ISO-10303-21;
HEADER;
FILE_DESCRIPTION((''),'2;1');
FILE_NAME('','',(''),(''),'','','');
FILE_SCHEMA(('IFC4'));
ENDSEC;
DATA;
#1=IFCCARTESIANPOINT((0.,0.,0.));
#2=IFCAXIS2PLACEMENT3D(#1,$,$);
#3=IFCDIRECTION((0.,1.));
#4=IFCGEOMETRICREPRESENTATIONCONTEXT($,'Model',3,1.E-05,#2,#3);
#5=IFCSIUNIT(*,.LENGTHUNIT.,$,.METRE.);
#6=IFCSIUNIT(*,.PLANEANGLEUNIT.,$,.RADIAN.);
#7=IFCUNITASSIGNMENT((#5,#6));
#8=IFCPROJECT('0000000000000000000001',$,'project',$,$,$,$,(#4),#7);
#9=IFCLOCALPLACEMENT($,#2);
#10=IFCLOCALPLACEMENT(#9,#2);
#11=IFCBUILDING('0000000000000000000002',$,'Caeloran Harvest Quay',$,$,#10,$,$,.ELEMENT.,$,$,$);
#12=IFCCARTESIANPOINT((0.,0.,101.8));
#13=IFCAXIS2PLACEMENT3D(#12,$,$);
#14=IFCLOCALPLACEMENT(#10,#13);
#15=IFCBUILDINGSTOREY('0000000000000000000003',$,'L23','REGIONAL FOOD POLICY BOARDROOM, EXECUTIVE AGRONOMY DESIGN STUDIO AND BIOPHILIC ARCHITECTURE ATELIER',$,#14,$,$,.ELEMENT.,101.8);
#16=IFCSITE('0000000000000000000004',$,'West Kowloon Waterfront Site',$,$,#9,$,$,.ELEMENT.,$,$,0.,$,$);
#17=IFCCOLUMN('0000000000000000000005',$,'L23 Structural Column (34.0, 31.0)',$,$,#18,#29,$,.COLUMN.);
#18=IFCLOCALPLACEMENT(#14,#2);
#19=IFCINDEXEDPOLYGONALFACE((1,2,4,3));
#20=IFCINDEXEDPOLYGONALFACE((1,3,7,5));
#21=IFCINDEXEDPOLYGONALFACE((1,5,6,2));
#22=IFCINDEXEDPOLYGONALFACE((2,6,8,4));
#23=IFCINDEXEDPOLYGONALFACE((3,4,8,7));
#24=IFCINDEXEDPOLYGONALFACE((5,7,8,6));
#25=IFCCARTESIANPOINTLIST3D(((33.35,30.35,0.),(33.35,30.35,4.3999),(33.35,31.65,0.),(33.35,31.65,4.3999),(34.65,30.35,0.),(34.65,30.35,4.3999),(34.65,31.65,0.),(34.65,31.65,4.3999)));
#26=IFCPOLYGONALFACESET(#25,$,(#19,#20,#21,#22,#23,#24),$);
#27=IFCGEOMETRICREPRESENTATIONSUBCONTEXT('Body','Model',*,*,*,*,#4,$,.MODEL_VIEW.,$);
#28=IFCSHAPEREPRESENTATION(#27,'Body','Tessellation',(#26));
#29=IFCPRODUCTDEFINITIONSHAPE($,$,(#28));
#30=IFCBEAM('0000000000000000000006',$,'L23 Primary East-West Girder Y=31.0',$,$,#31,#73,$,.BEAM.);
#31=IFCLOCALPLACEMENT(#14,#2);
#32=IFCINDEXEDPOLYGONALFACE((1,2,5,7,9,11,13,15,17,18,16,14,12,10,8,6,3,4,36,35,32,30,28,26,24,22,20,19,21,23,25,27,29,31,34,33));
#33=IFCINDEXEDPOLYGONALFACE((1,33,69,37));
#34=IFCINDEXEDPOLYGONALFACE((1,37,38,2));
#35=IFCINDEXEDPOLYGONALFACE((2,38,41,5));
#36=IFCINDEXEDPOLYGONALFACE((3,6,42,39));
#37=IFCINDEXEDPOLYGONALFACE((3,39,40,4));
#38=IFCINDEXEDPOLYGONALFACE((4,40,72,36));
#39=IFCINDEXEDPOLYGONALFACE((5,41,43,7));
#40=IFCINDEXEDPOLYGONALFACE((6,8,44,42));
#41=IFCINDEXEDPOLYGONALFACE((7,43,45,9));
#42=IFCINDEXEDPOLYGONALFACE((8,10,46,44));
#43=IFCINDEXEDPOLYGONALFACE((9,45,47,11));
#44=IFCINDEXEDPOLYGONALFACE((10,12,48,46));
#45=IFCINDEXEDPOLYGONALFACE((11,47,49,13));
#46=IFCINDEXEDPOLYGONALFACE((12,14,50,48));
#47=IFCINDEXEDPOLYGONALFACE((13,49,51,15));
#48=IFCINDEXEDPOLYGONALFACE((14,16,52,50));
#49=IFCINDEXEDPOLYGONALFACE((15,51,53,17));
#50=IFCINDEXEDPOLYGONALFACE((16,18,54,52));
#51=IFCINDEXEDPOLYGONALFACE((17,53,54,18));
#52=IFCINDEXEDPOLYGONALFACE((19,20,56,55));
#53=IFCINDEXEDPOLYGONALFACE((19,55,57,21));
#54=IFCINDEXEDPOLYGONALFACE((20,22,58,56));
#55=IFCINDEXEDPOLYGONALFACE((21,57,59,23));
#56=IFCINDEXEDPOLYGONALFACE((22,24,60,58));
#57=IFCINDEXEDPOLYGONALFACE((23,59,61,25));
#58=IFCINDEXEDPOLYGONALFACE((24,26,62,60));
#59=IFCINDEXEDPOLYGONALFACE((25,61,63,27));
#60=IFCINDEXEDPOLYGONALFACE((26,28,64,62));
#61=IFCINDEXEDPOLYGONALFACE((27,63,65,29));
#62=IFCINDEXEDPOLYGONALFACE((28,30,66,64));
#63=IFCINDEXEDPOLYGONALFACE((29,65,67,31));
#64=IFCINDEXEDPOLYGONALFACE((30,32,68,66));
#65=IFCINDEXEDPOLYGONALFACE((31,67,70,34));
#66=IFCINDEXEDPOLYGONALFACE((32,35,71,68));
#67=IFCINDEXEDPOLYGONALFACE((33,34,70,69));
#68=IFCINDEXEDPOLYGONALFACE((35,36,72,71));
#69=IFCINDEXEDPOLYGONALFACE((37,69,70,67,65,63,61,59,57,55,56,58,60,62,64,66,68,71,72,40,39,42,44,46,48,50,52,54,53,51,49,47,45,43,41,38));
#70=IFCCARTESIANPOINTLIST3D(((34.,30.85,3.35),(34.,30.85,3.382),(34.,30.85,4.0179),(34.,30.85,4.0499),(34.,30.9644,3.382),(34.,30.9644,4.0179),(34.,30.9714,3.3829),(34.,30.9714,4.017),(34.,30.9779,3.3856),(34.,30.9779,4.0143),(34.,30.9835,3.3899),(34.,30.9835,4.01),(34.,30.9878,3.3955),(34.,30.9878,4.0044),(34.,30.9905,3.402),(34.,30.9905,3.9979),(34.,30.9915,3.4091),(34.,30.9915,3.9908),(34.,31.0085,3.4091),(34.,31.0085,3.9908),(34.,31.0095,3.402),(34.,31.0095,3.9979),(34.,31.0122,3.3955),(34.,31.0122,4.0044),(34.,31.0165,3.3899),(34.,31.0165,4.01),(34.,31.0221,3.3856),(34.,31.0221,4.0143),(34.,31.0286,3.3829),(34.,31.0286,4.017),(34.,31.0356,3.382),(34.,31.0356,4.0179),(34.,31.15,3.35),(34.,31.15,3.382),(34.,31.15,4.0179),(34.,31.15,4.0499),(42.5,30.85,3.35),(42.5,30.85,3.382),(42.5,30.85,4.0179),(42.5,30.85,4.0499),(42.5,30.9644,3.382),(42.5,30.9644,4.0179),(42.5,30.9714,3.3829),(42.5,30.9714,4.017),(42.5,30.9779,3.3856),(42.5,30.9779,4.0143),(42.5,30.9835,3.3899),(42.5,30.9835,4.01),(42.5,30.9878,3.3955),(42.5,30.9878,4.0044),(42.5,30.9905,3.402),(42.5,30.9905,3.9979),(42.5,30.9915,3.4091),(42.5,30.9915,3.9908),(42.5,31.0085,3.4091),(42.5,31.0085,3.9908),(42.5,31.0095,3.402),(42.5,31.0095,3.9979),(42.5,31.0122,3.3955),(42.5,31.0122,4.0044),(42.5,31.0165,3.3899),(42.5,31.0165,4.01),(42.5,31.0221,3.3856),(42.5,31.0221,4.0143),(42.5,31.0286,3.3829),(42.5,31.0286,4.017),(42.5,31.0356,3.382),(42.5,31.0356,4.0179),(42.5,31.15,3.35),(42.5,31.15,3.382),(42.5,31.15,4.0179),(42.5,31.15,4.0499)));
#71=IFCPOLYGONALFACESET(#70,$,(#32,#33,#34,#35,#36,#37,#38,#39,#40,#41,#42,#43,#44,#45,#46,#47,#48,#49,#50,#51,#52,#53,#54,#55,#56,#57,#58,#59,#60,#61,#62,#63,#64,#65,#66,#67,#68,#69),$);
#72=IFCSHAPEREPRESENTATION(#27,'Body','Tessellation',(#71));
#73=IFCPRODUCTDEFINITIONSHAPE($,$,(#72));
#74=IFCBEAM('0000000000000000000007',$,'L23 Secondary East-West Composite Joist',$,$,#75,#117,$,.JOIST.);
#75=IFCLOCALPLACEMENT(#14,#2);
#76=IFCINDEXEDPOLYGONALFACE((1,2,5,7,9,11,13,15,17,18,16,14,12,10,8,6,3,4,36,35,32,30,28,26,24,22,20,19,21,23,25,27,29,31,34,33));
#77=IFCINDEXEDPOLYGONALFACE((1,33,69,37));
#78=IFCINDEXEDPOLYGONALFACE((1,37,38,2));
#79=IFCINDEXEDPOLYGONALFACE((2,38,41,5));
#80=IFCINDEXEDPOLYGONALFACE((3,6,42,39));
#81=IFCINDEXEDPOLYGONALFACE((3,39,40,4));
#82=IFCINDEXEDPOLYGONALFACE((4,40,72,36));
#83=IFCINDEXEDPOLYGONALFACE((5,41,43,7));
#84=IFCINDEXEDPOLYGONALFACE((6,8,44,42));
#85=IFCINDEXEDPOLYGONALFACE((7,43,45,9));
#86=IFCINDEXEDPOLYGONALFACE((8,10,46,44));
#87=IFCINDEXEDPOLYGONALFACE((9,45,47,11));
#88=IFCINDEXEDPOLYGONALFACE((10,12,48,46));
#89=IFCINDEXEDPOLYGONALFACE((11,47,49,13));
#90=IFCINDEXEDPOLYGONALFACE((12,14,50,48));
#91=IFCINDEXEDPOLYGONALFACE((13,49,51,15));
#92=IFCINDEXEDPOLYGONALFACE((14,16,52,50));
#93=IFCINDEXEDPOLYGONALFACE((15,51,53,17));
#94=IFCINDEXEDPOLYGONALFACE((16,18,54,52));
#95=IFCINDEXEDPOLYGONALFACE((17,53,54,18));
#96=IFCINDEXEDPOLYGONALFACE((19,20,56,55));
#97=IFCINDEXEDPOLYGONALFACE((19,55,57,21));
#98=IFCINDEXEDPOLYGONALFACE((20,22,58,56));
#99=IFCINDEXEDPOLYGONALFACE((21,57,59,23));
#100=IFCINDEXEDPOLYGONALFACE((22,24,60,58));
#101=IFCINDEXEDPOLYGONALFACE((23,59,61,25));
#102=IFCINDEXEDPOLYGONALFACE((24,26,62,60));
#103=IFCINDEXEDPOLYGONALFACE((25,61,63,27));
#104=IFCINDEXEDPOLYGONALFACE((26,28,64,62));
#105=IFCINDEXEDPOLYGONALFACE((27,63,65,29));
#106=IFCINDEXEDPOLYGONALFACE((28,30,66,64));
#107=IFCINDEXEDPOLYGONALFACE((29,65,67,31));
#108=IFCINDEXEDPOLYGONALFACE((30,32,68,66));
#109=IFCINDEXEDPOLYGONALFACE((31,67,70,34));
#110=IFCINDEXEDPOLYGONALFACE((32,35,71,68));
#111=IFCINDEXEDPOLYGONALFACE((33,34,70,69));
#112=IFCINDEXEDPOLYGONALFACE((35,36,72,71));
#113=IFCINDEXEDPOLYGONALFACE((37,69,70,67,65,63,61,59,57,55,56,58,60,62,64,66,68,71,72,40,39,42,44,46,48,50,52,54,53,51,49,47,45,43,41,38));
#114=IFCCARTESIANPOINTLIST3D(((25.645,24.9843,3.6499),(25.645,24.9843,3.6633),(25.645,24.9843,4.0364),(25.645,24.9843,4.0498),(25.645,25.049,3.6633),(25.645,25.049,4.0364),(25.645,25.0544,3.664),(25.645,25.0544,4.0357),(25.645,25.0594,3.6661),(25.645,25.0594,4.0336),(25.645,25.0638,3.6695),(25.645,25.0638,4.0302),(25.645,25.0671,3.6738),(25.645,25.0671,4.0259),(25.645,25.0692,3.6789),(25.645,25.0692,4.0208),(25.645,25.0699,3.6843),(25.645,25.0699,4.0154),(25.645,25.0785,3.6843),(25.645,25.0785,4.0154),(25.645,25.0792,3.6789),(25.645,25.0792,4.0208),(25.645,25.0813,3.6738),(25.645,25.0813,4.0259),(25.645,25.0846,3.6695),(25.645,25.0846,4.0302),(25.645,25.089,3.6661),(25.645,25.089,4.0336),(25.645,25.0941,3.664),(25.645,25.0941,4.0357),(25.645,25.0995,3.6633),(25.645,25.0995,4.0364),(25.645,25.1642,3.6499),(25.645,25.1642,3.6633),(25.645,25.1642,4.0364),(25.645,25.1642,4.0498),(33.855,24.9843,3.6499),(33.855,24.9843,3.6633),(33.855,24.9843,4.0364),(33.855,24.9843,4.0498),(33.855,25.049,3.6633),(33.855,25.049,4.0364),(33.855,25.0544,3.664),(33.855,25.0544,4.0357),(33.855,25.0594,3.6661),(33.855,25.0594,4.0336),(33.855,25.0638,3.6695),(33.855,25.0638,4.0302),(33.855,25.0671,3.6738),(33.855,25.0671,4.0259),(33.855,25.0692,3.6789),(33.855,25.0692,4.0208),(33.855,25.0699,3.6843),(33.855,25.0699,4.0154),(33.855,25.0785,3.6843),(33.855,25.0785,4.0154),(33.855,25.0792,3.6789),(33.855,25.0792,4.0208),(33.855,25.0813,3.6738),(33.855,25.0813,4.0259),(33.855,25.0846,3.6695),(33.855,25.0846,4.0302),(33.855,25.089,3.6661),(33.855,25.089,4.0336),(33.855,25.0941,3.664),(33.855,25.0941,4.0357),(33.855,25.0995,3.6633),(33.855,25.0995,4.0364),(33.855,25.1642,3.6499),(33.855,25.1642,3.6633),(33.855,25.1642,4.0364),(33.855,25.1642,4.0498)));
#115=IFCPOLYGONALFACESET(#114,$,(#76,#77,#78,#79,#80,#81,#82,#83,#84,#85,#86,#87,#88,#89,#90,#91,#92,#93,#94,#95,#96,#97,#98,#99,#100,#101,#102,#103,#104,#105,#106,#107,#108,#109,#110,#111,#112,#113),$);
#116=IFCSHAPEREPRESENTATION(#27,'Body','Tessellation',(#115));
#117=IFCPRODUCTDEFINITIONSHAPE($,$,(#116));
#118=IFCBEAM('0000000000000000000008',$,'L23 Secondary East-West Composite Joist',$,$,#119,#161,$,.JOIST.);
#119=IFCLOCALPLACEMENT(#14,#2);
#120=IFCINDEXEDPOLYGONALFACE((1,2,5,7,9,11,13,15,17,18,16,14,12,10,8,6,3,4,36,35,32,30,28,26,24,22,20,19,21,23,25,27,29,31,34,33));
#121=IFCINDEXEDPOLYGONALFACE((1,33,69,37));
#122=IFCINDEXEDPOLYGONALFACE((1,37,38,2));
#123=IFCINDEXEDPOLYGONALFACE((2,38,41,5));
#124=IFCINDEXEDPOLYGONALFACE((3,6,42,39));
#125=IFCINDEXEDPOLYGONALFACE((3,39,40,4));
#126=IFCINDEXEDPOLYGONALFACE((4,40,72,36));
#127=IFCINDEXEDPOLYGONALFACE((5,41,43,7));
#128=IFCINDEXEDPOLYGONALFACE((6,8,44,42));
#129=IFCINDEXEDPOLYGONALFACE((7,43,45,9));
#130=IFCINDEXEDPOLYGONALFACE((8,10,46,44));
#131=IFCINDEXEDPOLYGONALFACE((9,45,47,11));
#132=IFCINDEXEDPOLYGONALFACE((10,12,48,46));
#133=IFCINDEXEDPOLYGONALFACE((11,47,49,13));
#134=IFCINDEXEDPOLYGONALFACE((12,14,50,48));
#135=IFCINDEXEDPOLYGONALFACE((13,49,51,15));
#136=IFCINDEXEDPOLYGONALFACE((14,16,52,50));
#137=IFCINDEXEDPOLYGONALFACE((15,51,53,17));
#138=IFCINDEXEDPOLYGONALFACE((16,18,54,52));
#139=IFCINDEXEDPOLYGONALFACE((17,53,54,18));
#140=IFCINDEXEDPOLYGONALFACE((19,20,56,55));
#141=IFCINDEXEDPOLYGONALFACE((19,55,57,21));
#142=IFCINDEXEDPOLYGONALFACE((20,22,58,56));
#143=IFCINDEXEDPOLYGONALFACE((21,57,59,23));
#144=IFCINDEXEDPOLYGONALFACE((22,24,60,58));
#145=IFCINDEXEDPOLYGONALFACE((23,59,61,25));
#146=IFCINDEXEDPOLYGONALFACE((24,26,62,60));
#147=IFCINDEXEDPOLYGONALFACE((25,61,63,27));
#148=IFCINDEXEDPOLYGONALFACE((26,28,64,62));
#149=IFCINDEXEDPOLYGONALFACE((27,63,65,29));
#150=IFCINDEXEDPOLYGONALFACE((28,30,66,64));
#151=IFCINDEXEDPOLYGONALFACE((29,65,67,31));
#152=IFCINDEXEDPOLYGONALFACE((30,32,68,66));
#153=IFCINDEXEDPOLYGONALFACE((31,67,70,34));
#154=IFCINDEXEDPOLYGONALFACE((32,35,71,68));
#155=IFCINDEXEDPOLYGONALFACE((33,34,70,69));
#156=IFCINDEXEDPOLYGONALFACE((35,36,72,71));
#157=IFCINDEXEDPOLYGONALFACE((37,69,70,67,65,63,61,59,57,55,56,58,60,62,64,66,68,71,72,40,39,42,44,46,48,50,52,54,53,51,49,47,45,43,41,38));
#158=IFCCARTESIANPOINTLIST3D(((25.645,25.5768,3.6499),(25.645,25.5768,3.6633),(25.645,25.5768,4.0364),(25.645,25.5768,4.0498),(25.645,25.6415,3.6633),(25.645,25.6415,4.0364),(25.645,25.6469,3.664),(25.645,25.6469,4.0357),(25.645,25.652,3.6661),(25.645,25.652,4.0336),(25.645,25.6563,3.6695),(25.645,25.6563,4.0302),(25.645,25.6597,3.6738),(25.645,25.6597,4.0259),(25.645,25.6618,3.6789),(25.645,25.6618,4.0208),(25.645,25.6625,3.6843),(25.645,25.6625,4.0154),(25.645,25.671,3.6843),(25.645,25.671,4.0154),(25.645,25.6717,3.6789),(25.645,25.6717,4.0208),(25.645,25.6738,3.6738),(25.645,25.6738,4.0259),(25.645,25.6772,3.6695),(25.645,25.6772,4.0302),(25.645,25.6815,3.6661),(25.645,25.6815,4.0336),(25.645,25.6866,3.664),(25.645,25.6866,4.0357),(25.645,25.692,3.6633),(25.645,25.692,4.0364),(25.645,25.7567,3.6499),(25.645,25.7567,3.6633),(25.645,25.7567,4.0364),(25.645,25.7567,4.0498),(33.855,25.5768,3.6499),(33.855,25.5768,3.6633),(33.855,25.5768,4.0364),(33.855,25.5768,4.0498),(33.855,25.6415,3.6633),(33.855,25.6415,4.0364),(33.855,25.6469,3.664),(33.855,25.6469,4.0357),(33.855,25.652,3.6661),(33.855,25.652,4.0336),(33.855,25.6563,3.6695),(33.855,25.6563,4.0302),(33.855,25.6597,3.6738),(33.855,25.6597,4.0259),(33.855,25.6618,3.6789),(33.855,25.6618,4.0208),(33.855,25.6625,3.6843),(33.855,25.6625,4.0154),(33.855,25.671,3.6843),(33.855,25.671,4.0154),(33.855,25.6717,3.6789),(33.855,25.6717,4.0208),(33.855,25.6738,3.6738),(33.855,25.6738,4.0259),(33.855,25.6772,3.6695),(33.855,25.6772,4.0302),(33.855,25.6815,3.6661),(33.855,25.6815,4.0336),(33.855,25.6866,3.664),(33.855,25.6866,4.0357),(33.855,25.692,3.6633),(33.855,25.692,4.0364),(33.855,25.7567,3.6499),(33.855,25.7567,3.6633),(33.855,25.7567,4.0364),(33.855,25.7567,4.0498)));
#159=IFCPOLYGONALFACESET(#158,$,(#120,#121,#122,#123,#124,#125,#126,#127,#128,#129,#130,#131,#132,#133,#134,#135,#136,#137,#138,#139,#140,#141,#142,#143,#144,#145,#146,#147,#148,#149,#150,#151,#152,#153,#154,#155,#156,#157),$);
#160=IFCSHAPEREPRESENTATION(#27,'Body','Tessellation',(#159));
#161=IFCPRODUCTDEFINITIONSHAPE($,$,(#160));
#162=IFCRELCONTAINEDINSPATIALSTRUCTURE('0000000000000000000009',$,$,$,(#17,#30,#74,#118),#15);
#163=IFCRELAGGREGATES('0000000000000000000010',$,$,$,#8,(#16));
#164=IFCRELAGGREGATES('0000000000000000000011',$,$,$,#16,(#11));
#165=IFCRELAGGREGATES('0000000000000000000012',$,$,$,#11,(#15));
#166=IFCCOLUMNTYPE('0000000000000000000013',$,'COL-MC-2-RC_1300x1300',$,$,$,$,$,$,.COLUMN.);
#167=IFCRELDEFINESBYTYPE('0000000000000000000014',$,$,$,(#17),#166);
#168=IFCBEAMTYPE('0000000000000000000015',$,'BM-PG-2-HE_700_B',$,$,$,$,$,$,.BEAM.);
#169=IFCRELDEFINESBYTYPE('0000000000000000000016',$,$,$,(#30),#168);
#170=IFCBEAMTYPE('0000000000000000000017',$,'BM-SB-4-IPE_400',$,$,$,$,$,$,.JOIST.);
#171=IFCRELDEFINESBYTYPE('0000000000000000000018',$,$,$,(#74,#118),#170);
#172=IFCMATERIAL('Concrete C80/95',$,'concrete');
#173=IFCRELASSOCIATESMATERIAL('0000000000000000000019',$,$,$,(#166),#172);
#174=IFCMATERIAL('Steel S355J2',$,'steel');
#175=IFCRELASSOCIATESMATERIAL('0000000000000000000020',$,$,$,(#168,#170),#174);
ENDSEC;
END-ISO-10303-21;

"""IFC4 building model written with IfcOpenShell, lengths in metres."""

from ifc_helpers import new_model, si_unit, direction, frame, origin, origin_2d, place, context, subcontext, project, spatial, rectangle, i_section, extrude, material, material_profile, profile_set, type_object, element, save


model = new_model("IFC4")

# Units and contexts
model_context = context("Model", 3, precision=1e-05, world=origin(), true_north=direction((0.0, 1.0)))
body_context = subcontext(model_context, "Body", "Model", "MODEL_VIEW")
ifc_project = project(units=[si_unit("LENGTHUNIT", "METRE"), si_unit("PLANEANGLEUNIT", "RADIAN")], contexts=[model_context])

# Site, building, storey
site_placement = place(None, origin())
site = spatial("IfcSite", under=ifc_project, at=site_placement, Name="West Kowloon Waterfront Site", CompositionType="ELEMENT", RefElevation=0.0)
building_placement = place(site_placement, origin())
building = spatial("IfcBuilding", under=site, at=building_placement, Name="Caeloran Harvest Quay", CompositionType="ELEMENT")
storey_placement = place(building_placement, frame((0.0, 0.0, 101.8)))
storey = spatial("IfcBuildingStorey", under=building, at=storey_placement, Name="L23", Description="REGIONAL FOOD POLICY BOARDROOM, EXECUTIVE AGRONOMY DESIGN STUDIO AND BIOPHILIC ARCHITECTURE ATELIER", CompositionType="ELEMENT", Elevation=101.8)

# Column
ifc_material_1 = material(Name="Concrete C80/95", Category="concrete")
ifc_material_profile_1 = material_profile(ifc_material_1, rectangle(XDim=1.3, YDim=1.3, at=origin_2d()), Name="RC 1300x1300")
ifc_profile_set_1 = profile_set([ifc_material_profile_1], Name="Concrete C80/95")
column_type = type_object("IfcColumnType", Name="COL-MC-2-RC_1300x1300", PredefinedType="COLUMN", material=ifc_profile_set_1)
column_placement = place(storey_placement, frame((34.0, 31.0, 0.0), z_axis=(0.0, 0.0, 1.0), x_axis=(1.0, 0.0, 0.0)))
element("IfcColumn", 1, at=column_placement, inside=storey, type_object=column_type, Name="L23 Structural Column (34.0, 31.0)", PredefinedType="COLUMN", context=body_context, shape_type="SweptSolid", body=[
    extrude(rectangle(XDim=1.3, YDim=1.3, at=origin_2d()), origin(), (0.0, 0.0, 1.0), 4.3999),
])

# Beams
ifc_material_2 = material(Name="Steel S355J2", Category="steel")
ifc_material_profile_2 = material_profile(ifc_material_2, i_section(OverallWidth=0.3, OverallDepth=0.7, WebThickness=0.0171, FlangeThickness=0.032, FilletRadius=0.0271, at=origin_2d()), Name="HE 700 B")
ifc_profile_set_2 = profile_set([ifc_material_profile_2], Name="Steel S355J2")
beam_type_1 = type_object("IfcBeamType", Name="BM-PG-2-HE_700_B", PredefinedType="BEAM", material=ifc_profile_set_2)
beam_placement = place(storey_placement, frame((34.0, 31.0, 3.7), z_axis=(1.0, 0.0, 0.0), x_axis=(0.0, 1.0, 0.0)))
element("IfcBeam", 2, at=beam_placement, inside=storey, type_object=beam_type_1, Name="L23 Primary East-West Girder Y=31.0", PredefinedType="BEAM", context=body_context, shape_type="SweptSolid", body=[
    extrude(i_section(OverallWidth=0.3, OverallDepth=0.7, WebThickness=0.0171, FlangeThickness=0.032, FilletRadius=0.0271, at=origin_2d()), origin(), (0.0, 0.0, 1.0), 8.5),
])
ifc_material_profile_3 = material_profile(ifc_material_2, i_section(OverallWidth=0.1799, OverallDepth=0.3999, WebThickness=0.0085, FlangeThickness=0.0134, FilletRadius=0.021, at=origin_2d()), Name="IPE 400")
ifc_profile_set_3 = profile_set([ifc_material_profile_3], Name="Steel S355J2")
beam_type_2 = type_object("IfcBeamType", Name="BM-SB-4-IPE_400", PredefinedType="JOIST", material=ifc_profile_set_3)
for number, where, z_axis, x_axis, name in (
    (3, (25.645, 25.0742, 3.8499), (1.0, 0.0, 0.0), (0.0, 1.0, 0.0), "L23 Secondary East-West Composite Joist"),
    (4, (25.645, 25.6667, 3.8499), (1.0, 0.0, 0.0), (0.0, 1.0, 0.0), "L23 Secondary East-West Composite Joist"),
):
    element("IfcBeam", number, at=place(storey_placement, frame(where, z_axis=z_axis, x_axis=x_axis)), inside=storey, type_object=beam_type_2, Name=name, PredefinedType="JOIST", context=body_context, shape_type="SweptSolid", body=[
        extrude(i_section(OverallWidth=0.1799, OverallDepth=0.3999, WebThickness=0.0085, FlangeThickness=0.0134, FilletRadius=0.021, at=origin_2d()), origin(), (0.0, 0.0, 1.0), 8.21),
    ])

save(model, "model.ifc")
